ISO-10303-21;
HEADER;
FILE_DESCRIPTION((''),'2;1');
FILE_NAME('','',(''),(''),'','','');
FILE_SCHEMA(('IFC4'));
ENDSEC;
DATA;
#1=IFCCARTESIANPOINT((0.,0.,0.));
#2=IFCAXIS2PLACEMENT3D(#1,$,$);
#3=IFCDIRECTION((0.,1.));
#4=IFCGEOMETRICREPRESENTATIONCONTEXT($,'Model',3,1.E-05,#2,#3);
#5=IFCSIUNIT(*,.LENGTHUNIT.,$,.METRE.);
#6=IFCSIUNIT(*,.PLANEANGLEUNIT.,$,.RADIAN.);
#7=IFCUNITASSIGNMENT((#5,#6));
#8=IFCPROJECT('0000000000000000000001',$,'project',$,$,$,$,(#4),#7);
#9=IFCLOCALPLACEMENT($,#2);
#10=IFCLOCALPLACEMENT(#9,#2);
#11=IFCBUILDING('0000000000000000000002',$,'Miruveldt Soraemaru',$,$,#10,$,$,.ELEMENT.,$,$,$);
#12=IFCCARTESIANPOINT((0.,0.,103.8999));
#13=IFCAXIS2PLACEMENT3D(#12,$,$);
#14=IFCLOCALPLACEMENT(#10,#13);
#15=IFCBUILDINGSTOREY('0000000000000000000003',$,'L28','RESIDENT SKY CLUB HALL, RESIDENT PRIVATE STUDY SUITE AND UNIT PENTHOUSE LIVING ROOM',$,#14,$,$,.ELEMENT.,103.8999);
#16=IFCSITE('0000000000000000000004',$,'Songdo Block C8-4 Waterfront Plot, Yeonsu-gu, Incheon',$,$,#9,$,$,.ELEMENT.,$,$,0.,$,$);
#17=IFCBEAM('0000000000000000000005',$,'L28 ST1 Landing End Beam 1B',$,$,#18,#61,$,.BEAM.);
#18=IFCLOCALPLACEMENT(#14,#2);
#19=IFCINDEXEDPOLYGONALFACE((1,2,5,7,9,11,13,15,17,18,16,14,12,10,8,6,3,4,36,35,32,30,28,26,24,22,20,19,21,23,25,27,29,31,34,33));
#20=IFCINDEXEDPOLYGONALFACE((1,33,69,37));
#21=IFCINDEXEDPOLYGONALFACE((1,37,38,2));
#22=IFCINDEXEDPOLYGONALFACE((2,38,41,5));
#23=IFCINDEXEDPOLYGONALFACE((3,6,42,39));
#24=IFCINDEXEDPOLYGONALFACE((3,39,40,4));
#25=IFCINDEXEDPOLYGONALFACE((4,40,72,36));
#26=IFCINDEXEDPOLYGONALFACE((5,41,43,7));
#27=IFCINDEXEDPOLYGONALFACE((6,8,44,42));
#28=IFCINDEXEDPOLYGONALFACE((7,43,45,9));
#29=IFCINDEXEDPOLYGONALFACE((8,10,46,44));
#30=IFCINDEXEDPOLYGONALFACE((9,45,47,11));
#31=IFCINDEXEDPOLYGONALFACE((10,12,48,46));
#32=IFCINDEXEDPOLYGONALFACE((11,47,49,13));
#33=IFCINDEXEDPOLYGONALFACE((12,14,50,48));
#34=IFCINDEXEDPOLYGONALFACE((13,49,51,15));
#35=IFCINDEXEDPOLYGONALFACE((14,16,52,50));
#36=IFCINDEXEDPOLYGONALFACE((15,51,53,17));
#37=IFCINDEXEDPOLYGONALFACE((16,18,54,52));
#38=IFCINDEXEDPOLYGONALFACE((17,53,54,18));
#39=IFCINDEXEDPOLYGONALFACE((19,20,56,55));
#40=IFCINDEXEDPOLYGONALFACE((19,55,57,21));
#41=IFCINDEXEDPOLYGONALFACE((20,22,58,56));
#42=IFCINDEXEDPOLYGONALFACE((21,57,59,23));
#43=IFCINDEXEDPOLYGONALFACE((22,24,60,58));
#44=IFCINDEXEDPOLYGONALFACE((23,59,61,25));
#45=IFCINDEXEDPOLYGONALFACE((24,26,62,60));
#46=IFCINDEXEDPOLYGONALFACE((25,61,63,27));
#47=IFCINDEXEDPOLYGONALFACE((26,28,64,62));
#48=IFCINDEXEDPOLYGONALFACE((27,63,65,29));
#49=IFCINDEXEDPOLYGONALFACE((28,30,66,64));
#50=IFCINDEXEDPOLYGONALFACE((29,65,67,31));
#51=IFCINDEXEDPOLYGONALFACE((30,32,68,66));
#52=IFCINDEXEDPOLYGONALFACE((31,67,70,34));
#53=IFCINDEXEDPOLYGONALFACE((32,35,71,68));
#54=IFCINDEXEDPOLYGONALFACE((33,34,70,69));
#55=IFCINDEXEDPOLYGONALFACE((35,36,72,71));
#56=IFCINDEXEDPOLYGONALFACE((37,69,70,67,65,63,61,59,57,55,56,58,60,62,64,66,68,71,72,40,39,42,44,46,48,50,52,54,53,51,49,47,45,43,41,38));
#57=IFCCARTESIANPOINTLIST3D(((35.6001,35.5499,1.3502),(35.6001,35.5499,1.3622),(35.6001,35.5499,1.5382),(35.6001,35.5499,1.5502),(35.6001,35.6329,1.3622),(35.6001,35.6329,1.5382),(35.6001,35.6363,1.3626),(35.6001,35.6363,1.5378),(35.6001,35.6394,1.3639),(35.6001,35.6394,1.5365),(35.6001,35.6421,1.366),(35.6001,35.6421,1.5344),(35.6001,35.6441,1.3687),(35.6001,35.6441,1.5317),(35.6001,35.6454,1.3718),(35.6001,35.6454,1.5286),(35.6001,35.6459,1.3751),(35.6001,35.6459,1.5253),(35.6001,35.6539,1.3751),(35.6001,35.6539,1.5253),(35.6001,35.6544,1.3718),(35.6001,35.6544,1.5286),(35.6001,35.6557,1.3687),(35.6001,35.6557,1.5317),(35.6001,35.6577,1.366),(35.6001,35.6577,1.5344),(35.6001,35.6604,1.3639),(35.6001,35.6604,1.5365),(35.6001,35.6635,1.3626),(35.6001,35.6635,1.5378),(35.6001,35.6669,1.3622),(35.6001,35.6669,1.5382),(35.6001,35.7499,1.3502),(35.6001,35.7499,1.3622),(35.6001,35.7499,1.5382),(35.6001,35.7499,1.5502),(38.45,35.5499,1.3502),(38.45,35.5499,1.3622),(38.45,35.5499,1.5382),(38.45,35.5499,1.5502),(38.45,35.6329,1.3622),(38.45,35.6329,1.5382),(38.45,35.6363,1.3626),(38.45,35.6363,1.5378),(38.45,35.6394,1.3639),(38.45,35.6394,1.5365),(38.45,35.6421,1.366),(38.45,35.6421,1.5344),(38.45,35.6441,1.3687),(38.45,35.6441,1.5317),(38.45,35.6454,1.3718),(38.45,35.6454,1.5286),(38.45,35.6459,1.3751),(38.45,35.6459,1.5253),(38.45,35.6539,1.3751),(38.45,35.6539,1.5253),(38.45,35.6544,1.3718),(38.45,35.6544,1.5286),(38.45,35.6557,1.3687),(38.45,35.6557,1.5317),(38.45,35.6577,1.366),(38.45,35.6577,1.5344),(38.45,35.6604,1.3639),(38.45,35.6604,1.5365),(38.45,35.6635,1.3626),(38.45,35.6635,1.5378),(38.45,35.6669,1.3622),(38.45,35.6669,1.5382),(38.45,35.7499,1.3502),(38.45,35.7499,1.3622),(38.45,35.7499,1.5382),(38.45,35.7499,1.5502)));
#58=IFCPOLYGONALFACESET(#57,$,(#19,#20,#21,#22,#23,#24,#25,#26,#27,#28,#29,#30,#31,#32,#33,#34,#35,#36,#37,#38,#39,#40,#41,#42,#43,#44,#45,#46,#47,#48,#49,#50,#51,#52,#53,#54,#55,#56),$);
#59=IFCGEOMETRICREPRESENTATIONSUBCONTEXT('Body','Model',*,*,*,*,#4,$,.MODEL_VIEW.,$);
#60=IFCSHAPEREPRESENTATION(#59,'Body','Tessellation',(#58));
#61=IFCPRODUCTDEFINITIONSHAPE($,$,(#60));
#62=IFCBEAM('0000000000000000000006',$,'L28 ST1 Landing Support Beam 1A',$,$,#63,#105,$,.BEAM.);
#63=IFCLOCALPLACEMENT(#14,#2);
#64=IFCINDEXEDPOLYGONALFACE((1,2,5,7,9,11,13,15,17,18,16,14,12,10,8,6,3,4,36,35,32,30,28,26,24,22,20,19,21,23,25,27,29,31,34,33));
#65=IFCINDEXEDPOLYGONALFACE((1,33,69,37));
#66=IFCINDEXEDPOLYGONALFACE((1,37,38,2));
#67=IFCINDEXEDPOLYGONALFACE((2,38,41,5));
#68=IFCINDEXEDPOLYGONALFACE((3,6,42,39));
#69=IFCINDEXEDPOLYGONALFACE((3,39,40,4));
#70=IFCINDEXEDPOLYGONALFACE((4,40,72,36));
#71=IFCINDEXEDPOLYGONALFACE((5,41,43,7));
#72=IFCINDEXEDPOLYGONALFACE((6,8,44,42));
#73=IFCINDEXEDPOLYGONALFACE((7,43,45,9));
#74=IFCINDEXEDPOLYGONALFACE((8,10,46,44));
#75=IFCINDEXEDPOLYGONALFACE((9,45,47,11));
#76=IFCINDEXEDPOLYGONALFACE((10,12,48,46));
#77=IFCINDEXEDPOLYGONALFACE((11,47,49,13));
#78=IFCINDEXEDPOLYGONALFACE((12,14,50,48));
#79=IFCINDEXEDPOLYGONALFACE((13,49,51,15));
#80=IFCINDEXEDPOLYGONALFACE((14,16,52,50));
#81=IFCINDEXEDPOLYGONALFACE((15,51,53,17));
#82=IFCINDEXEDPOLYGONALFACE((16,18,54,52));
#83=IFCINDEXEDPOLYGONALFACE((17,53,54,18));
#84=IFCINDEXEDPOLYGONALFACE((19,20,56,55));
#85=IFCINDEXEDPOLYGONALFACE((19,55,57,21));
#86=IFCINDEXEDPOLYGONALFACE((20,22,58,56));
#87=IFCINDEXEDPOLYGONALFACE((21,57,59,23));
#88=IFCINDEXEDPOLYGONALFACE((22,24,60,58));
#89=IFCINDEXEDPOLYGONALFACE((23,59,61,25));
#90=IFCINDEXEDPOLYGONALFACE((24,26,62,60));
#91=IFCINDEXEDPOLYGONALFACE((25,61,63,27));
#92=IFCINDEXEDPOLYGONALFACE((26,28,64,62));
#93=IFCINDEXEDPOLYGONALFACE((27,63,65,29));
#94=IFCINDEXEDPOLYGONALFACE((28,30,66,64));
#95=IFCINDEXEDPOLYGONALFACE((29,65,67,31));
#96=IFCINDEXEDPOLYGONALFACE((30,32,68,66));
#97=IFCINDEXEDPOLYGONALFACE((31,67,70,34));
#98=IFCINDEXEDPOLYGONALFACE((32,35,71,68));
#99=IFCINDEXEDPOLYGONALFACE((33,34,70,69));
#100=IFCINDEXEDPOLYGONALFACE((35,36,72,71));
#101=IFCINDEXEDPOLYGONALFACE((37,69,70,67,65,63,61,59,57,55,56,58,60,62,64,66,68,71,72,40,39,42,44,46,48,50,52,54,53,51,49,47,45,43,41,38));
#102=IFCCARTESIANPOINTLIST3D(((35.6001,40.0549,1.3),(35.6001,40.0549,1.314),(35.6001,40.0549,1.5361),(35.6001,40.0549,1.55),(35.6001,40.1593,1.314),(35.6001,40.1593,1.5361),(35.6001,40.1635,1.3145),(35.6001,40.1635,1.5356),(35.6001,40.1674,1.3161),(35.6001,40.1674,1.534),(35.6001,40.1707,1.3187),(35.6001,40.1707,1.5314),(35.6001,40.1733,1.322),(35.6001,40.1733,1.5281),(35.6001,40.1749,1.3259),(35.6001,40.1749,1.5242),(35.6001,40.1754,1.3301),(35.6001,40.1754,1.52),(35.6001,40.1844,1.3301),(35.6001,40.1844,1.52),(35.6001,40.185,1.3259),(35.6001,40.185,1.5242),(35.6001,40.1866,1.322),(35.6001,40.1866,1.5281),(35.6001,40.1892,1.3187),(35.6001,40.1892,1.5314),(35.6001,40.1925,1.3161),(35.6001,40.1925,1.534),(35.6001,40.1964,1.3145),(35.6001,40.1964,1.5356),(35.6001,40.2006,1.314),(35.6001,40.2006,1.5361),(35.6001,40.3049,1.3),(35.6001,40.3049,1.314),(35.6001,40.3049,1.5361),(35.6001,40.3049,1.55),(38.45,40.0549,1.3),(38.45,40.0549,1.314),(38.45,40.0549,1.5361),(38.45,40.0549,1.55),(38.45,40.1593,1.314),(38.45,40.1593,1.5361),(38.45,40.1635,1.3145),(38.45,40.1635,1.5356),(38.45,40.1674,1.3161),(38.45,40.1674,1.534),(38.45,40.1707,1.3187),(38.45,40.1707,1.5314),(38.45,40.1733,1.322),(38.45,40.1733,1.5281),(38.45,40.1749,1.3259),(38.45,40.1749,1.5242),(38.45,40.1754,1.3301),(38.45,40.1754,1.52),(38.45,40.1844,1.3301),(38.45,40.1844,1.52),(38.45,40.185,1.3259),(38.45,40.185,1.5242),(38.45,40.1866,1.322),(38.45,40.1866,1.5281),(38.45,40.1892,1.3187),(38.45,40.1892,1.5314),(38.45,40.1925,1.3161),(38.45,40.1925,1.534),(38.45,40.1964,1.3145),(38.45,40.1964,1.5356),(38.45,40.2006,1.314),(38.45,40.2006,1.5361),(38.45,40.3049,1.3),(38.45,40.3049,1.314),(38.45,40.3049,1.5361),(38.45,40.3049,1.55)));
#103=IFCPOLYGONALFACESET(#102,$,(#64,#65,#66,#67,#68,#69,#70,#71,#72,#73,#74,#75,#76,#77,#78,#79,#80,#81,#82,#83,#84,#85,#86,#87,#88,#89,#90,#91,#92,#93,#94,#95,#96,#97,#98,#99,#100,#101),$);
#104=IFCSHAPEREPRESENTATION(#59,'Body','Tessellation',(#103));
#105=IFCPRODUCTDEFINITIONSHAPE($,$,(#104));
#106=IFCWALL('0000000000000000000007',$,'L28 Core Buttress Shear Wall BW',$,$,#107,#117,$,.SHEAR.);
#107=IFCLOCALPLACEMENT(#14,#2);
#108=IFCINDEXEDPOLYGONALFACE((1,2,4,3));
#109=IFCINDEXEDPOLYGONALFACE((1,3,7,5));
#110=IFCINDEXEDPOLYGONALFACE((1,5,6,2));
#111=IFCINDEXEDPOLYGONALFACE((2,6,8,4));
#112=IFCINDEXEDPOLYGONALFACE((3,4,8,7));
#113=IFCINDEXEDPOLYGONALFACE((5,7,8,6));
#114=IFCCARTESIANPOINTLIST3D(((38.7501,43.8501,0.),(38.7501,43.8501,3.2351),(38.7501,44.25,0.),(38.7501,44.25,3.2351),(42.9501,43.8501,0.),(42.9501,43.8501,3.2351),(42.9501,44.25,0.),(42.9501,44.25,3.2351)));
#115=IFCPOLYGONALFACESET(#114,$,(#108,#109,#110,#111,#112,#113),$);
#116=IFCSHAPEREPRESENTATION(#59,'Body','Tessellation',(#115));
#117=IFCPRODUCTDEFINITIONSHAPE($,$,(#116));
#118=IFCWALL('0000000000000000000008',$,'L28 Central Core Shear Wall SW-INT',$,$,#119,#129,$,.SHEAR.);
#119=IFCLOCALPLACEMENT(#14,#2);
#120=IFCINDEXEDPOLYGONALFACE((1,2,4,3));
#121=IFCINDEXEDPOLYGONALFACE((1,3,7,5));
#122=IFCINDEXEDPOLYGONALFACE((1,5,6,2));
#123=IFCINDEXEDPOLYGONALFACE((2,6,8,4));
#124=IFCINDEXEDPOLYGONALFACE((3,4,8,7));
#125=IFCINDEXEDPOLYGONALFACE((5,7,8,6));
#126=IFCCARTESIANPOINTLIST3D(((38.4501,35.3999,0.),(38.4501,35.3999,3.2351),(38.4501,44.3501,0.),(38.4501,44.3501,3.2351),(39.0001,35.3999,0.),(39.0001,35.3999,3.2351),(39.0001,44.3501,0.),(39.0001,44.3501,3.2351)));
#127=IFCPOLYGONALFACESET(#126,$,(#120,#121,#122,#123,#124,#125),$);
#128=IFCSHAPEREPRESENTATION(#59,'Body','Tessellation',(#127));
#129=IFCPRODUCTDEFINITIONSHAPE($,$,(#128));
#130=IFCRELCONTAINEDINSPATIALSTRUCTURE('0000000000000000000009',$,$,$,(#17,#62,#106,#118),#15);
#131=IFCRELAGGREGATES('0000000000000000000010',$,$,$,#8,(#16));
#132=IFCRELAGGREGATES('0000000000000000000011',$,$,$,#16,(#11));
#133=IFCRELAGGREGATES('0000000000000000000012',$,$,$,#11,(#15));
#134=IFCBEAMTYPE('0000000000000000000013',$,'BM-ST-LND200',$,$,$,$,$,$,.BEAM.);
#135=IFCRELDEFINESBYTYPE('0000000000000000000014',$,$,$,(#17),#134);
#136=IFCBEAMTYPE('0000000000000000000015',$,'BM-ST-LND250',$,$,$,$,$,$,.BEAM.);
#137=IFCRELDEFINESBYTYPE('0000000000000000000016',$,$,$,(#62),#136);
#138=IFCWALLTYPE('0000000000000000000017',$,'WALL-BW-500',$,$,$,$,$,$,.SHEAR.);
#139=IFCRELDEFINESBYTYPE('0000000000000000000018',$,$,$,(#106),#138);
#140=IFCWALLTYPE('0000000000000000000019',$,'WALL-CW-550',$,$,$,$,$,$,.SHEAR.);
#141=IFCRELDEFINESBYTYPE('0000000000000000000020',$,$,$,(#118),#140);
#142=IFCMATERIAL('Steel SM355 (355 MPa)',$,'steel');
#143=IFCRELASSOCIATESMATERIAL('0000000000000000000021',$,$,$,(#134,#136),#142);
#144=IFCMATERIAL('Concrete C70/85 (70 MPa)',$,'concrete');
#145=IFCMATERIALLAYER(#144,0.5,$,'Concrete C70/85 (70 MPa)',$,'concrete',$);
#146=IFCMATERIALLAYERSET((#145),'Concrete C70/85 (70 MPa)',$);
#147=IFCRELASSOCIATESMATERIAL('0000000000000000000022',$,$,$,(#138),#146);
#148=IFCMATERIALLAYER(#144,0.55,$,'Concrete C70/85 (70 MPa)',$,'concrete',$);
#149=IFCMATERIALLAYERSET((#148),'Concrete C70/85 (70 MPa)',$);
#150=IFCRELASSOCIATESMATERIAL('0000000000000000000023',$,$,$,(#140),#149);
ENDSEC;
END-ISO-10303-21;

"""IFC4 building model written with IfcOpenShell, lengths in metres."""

from ifc_helpers import new_model, si_unit, direction, frame, frame_2d, origin, origin_2d, place, context, subcontext, project, spatial, rectangle, i_section, extrude, material, layer, layer_set, material_profile, profile_set, type_object, element, save


model = new_model("IFC4")

# Units and contexts
model_context = context("Model", 3, precision=1e-05, world=origin(), true_north=direction((0.0, 1.0)))
body_context = subcontext(model_context, "Body", "Model", "MODEL_VIEW")
ifc_project = project(units=[si_unit("LENGTHUNIT", "METRE"), si_unit("PLANEANGLEUNIT", "RADIAN")], contexts=[model_context])

# Site, building, storey
site_placement = place(None, origin())
site = spatial("IfcSite", under=ifc_project, at=site_placement, Name="Songdo Block C8-4 Waterfront Plot, Yeonsu-gu, Incheon", CompositionType="ELEMENT", RefElevation=0.0)
building_placement = place(site_placement, origin())
building = spatial("IfcBuilding", under=site, at=building_placement, Name="Miruveldt Soraemaru", CompositionType="ELEMENT")
storey_placement = place(building_placement, frame((0.0, 0.0, 103.8999)))
storey = spatial("IfcBuildingStorey", under=building, at=storey_placement, Name="L28", Description="RESIDENT SKY CLUB HALL, RESIDENT PRIVATE STUDY SUITE AND UNIT PENTHOUSE LIVING ROOM", CompositionType="ELEMENT", Elevation=103.8999)

# Beams
ifc_material_1 = material(Name="Steel SM355 (355 MPa)", Category="steel")
ifc_material_profile_1 = material_profile(ifc_material_1, i_section(OverallWidth=0.2, OverallDepth=0.2, WebThickness=0.0081, FlangeThickness=0.012, FilletRadius=0.0129, at=origin_2d()), Name="Steel SM355 (355 MPa)", Category="steel")
ifc_profile_set_1 = profile_set([ifc_material_profile_1], Name="Steel SM355 (355 MPa)")
beam_type_1 = type_object("IfcBeamType", Name="BM-ST-LND200", PredefinedType="BEAM", material=ifc_profile_set_1)
beam_1_placement = place(storey_placement, frame((35.6001, 35.6499, 1.4502), z_axis=(1.0, 0.0, 0.0), x_axis=(0.0, 1.0, 0.0)))
element("IfcBeam", 1, at=beam_1_placement, inside=storey, type_object=beam_type_1, Name="L28 ST1 Landing End Beam 1B", PredefinedType="BEAM", context=body_context, shape_type="SweptSolid", body=[
    extrude(i_section(OverallWidth=0.2, OverallDepth=0.2, WebThickness=0.0081, FlangeThickness=0.012, FilletRadius=0.0129, at=origin_2d()), origin(), (0.0, 0.0, 1.0), 2.8499),
])
ifc_material_profile_2 = material_profile(ifc_material_1, i_section(OverallWidth=0.25, OverallDepth=0.25, WebThickness=0.009, FlangeThickness=0.0139, FilletRadius=0.0161, at=origin_2d()), Name="Steel SM355 (355 MPa)", Category="steel")
ifc_profile_set_2 = profile_set([ifc_material_profile_2], Name="Steel SM355 (355 MPa)")
beam_type_2 = type_object("IfcBeamType", Name="BM-ST-LND250", PredefinedType="BEAM", material=ifc_profile_set_2)
beam_2_placement = place(storey_placement, frame((35.6001, 40.1799, 1.425), z_axis=(1.0, 0.0, 0.0), x_axis=(0.0, 1.0, 0.0)))
element("IfcBeam", 2, at=beam_2_placement, inside=storey, type_object=beam_type_2, Name="L28 ST1 Landing Support Beam 1A", PredefinedType="BEAM", context=body_context, shape_type="SweptSolid", body=[
    extrude(i_section(OverallWidth=0.25, OverallDepth=0.25, WebThickness=0.009, FlangeThickness=0.0139, FilletRadius=0.0161, at=origin_2d()), origin(), (0.0, 0.0, 1.0), 2.8499),
])

# Walls
ifc_material_2 = material(Name="Concrete C70/85 (70 MPa)", Category="concrete")
ifc_layer_1 = layer(ifc_material_2, 0.5, Name="Concrete C70/85 (70 MPa)", Category="concrete")
ifc_layer_set_1 = layer_set([ifc_layer_1], Name="Concrete C70/85 (70 MPa)")
wall_type_1 = type_object("IfcWallType", Name="WALL-BW-500", PredefinedType="SHEAR", material=ifc_layer_set_1)
wall_1_placement = place(storey_placement, frame((38.75, 44.05, 0.0), z_axis=(0.0, 0.0, 1.0), x_axis=(1.0, 0.0, 0.0)))
element("IfcWall", 3, at=wall_1_placement, inside=storey, type_object=wall_type_1, Name="L28 Core Buttress Shear Wall BW", PredefinedType="SHEAR", context=body_context, shape_type="SweptSolid", body=[
    extrude(rectangle(XDim=4.2, YDim=0.3999, at=frame_2d((2.1001, 0.0))), origin(), (0.0, 0.0, 1.0), 3.2351),
])
ifc_layer_2 = layer(ifc_material_2, 0.55, Name="Concrete C70/85 (70 MPa)", Category="concrete")
ifc_layer_set_2 = layer_set([ifc_layer_2], Name="Concrete C70/85 (70 MPa)")
wall_type_2 = type_object("IfcWallType", Name="WALL-CW-550", PredefinedType="SHEAR", material=ifc_layer_set_2)
wall_2_placement = place(storey_placement, frame((38.7251, 35.3999, 0.0), z_axis=(0.0, 0.0, 1.0), x_axis=(0.0, 1.0, 0.0)))
element("IfcWall", 4, at=wall_2_placement, inside=storey, type_object=wall_type_2, Name="L28 Central Core Shear Wall SW-INT", PredefinedType="SHEAR", context=body_context, shape_type="SweptSolid", body=[
    extrude(rectangle(XDim=8.9502, YDim=0.55, at=frame_2d((4.4751, 0.0))), origin(), (0.0, 0.0, 1.0), 3.2351),
])

save(model, "model.ifc")
